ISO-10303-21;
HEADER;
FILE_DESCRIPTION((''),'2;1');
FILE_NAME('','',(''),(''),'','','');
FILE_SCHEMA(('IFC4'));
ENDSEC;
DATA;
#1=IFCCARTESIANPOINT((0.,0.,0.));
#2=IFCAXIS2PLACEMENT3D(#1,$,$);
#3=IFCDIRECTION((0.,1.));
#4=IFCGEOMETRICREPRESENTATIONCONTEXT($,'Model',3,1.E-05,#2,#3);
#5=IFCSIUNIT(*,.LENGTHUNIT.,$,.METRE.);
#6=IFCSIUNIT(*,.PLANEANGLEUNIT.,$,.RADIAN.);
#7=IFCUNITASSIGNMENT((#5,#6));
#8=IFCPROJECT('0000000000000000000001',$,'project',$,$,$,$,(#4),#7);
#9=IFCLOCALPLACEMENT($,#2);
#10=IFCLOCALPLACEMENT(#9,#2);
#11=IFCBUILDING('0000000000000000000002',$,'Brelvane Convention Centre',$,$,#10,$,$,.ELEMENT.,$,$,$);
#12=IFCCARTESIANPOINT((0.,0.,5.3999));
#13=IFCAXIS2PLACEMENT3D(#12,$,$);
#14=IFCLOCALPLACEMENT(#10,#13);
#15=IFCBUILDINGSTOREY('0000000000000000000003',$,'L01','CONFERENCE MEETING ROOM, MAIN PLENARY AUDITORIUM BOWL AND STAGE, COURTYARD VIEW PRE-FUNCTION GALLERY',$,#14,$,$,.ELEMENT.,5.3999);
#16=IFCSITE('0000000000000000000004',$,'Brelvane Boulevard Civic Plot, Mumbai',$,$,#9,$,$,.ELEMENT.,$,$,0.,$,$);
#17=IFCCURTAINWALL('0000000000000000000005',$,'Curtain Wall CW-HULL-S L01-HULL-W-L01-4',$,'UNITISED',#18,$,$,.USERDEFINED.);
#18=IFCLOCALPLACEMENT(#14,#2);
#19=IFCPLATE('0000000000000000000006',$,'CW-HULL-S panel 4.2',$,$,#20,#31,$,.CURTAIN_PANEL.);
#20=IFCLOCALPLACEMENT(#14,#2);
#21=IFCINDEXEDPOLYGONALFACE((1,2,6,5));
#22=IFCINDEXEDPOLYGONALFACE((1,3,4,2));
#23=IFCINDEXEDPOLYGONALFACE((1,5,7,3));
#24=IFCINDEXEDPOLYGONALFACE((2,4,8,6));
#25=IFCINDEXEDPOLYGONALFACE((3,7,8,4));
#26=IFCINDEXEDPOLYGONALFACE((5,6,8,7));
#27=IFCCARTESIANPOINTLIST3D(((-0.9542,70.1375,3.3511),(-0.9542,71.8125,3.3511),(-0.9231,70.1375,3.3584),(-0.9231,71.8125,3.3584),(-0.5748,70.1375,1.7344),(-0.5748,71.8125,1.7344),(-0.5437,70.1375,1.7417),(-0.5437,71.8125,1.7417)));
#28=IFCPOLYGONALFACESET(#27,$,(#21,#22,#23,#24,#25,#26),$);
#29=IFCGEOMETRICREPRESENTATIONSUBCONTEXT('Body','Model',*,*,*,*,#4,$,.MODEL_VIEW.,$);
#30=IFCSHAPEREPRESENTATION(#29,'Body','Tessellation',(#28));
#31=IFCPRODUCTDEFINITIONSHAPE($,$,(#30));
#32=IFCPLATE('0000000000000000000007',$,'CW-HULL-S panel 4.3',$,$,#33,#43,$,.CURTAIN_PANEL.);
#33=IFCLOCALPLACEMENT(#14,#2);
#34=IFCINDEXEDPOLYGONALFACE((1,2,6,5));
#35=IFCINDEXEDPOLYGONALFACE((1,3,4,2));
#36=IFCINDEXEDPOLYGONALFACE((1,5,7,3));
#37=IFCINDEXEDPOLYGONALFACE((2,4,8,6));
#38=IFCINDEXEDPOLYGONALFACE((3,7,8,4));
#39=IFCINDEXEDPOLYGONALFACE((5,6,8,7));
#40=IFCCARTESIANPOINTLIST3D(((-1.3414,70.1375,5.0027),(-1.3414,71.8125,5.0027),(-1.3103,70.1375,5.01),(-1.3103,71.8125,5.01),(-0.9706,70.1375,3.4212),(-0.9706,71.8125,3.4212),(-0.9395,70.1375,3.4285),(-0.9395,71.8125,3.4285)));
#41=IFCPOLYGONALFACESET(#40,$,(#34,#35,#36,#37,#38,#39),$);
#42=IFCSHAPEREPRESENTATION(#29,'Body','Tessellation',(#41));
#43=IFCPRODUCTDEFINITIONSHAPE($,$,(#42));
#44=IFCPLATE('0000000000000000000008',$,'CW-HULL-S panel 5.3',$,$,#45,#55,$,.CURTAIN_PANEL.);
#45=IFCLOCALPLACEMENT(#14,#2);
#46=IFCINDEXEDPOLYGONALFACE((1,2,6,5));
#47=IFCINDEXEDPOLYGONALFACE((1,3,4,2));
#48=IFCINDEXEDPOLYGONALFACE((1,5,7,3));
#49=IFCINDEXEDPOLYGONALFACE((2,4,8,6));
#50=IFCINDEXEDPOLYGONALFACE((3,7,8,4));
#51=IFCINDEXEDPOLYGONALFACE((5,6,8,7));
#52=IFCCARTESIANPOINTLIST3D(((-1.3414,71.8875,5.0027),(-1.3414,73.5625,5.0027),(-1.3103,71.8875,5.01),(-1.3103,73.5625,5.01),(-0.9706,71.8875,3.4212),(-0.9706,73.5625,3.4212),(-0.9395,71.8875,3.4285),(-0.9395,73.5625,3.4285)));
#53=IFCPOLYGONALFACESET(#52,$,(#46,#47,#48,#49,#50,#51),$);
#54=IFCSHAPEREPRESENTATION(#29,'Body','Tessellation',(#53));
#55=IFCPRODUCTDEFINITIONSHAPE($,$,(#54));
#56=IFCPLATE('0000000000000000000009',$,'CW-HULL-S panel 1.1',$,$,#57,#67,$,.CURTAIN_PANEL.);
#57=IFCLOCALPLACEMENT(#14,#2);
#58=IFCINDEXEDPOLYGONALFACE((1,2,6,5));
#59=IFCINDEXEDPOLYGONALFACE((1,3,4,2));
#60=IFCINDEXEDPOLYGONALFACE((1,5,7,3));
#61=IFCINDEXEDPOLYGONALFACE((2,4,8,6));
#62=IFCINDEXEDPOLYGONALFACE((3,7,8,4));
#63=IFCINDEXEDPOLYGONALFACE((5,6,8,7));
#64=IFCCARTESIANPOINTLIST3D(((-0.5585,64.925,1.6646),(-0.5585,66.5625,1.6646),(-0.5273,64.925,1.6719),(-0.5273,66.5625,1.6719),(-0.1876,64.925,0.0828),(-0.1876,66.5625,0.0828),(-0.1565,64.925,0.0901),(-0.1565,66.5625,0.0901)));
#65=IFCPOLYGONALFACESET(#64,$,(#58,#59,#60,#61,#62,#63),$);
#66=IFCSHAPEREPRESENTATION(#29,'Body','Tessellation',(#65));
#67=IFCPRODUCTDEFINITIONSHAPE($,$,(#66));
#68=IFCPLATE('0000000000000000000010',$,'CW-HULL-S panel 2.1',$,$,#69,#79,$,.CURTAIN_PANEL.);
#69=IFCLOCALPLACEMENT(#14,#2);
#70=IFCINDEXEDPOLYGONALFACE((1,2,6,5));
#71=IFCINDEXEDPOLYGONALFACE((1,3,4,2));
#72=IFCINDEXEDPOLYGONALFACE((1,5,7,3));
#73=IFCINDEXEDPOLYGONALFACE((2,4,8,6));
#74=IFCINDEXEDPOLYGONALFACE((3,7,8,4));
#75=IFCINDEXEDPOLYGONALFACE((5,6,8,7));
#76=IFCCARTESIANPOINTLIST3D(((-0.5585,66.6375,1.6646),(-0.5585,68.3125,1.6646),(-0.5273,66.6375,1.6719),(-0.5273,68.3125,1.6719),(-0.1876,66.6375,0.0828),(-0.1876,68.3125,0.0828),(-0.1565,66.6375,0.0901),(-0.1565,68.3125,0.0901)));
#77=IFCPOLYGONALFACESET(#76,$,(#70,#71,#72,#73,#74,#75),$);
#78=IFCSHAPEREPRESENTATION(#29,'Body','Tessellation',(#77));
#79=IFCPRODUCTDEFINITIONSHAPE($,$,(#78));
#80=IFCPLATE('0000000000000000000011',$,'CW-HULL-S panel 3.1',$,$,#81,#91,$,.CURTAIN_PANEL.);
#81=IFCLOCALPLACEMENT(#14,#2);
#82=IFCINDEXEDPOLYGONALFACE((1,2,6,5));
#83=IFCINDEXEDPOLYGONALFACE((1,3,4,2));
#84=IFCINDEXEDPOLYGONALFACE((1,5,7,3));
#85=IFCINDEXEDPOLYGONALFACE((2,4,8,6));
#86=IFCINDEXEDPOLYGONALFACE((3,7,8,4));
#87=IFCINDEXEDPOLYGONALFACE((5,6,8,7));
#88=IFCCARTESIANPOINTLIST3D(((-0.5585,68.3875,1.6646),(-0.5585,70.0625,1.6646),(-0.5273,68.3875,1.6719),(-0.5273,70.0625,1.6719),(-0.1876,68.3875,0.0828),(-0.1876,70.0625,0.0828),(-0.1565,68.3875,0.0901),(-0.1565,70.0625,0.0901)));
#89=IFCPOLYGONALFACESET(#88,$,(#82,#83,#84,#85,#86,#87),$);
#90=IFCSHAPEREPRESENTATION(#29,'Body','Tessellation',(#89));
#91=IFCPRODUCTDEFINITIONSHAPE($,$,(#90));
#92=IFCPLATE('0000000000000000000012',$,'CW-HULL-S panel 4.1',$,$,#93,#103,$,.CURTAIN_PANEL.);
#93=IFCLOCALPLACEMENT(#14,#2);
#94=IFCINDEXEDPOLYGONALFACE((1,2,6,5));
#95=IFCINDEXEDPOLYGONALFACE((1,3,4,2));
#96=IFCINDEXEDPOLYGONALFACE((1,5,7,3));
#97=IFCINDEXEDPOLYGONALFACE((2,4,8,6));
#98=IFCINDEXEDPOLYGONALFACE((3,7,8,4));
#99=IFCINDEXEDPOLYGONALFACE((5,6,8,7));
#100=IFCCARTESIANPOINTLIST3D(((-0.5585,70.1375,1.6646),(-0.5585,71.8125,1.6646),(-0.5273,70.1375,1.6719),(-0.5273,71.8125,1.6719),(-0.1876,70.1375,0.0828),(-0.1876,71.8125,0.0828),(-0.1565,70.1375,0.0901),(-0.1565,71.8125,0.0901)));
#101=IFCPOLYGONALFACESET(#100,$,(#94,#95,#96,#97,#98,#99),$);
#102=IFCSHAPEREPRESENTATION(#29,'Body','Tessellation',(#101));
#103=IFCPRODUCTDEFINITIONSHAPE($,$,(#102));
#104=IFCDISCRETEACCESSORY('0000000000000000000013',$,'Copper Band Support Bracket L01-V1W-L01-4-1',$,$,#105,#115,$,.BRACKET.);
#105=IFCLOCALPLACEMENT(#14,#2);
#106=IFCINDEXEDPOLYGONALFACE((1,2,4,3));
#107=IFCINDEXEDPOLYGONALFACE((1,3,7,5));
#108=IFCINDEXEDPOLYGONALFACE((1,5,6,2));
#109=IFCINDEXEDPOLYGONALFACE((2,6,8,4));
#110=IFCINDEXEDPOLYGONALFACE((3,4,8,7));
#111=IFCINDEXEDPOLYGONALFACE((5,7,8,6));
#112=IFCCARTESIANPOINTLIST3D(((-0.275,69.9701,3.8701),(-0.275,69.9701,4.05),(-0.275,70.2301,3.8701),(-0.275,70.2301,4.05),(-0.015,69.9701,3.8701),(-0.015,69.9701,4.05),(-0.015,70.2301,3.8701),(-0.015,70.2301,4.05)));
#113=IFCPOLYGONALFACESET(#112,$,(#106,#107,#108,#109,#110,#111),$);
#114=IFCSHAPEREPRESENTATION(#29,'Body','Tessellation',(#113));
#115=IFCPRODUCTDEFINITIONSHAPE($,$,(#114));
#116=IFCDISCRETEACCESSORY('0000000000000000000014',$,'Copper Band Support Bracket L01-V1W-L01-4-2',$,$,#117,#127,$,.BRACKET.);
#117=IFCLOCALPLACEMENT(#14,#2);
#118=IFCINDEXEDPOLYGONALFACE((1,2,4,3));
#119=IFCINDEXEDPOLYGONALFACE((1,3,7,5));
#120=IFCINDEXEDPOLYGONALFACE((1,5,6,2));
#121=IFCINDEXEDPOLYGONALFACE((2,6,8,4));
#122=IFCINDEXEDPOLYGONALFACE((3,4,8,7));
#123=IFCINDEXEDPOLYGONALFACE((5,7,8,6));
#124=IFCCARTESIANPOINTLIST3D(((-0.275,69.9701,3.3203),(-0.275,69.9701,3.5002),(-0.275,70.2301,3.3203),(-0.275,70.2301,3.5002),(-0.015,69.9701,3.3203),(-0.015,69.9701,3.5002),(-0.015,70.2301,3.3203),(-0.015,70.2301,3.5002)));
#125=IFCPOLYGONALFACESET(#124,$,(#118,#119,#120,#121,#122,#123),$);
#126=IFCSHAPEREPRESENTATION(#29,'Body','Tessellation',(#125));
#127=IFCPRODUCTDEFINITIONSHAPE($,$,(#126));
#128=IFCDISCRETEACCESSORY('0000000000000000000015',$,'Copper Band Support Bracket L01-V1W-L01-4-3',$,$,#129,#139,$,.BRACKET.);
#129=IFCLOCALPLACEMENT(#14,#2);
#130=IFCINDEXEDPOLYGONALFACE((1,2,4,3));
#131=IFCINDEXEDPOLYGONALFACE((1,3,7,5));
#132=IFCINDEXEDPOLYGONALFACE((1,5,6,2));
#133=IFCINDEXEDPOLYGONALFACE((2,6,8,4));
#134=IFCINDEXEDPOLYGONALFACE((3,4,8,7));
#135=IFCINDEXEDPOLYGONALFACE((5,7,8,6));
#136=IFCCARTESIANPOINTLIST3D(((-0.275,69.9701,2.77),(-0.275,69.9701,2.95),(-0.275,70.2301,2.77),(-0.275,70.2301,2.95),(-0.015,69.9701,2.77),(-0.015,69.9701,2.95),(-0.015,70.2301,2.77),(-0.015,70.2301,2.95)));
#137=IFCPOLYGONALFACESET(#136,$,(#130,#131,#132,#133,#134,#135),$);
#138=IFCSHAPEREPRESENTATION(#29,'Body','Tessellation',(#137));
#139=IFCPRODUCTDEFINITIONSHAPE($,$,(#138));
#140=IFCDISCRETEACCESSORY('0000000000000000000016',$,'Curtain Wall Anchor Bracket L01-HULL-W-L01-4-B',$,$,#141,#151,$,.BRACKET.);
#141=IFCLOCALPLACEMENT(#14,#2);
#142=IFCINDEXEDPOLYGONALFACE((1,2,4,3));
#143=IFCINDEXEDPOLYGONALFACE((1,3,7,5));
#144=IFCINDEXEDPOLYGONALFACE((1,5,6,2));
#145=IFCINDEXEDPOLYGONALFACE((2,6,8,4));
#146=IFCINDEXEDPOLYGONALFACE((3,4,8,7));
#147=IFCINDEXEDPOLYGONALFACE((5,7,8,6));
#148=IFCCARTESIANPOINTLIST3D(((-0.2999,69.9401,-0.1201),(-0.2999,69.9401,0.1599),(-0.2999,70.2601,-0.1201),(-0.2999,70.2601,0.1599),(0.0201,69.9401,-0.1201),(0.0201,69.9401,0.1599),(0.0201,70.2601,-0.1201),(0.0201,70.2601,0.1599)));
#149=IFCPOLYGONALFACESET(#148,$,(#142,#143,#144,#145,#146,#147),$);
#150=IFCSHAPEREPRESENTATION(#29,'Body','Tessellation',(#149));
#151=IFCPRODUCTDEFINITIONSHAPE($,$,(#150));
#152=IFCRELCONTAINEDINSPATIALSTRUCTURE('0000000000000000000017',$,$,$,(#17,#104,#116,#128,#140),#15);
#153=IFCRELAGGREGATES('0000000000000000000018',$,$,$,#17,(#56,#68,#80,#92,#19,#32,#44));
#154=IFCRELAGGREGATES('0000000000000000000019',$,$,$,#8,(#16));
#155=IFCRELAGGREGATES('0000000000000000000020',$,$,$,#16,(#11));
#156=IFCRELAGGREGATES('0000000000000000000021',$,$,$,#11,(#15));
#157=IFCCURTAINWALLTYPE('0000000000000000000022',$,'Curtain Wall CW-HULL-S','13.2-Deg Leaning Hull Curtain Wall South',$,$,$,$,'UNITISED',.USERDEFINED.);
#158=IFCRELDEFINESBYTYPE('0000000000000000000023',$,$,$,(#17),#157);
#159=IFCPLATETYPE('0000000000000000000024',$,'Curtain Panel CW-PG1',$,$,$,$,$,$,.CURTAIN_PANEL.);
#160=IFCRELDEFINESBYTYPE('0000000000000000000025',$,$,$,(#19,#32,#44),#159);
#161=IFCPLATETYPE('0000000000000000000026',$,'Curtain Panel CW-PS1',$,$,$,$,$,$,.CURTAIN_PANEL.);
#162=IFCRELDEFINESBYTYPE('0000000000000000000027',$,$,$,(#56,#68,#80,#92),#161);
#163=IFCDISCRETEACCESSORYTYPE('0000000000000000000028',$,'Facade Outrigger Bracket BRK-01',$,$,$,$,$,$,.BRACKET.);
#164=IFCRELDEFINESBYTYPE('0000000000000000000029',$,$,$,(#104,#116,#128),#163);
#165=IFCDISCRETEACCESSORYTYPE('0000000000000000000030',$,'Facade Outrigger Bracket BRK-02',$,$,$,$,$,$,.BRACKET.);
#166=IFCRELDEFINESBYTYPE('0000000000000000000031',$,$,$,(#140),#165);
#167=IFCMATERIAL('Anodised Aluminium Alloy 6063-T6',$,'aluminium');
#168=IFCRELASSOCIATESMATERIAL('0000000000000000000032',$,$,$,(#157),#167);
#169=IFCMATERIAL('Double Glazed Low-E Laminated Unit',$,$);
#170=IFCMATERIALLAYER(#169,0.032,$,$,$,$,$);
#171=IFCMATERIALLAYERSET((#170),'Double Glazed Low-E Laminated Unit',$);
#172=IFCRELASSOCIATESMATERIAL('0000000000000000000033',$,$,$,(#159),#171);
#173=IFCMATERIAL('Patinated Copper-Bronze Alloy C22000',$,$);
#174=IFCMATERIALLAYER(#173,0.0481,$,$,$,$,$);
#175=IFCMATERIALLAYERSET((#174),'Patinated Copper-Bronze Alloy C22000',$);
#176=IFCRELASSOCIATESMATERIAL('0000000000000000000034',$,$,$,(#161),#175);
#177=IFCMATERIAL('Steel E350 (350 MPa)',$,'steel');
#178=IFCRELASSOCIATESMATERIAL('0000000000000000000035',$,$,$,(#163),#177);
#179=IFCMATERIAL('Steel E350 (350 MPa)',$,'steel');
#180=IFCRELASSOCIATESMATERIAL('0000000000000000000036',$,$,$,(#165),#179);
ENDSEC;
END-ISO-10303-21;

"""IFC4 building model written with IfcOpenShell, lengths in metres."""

from ifc_helpers import new_model, si_unit, direction, frame, origin, origin_2d, place, context, subcontext, project, spatial, polyline, rectangle, outline, extrude, material, layer, layer_set, type_object, element, aggregate, save


model = new_model("IFC4")

# Units and contexts
model_context = context("Model", 3, precision=1e-05, world=origin(), true_north=direction((0.0, 1.0)))
body_context = subcontext(model_context, "Body", "Model", "MODEL_VIEW")
ifc_project = project(units=[si_unit("LENGTHUNIT", "METRE"), si_unit("PLANEANGLEUNIT", "RADIAN")], contexts=[model_context])

# Site, building, storey
site_placement = place(None, origin())
site = spatial("IfcSite", under=ifc_project, at=site_placement, Name="Brelvane Boulevard Civic Plot, Mumbai", CompositionType="ELEMENT", RefElevation=0.0)
building_placement = place(site_placement, origin())
building = spatial("IfcBuilding", under=site, at=building_placement, Name="Brelvane Convention Centre", CompositionType="ELEMENT")
storey_placement = place(building_placement, frame((0.0, 0.0, 5.3999)))
storey = spatial("IfcBuildingStorey", under=building, at=storey_placement, Name="L01", Description="CONFERENCE MEETING ROOM, MAIN PLENARY AUDITORIUM BOWL AND STAGE, COURTYARD VIEW PRE-FUNCTION GALLERY", CompositionType="ELEMENT", Elevation=5.3999)

# Curtain wall, plates
ifc_material_1 = material(Name="Anodised Aluminium Alloy 6063-T6", Category="aluminium")
curtain_wall_type = type_object("IfcCurtainWallType", Name="Curtain Wall CW-HULL-S", Description="13.2-Deg Leaning Hull Curtain Wall South", ElementType="UNITISED", PredefinedType="USERDEFINED", material=ifc_material_1)
curtain_wall_placement = place(storey_placement, origin())
curtain_wall = element("IfcCurtainWall", 1, at=curtain_wall_placement, inside=storey, type_object=curtain_wall_type, Name="Curtain Wall CW-HULL-S L01-HULL-W-L01-4", ObjectType="UNITISED", PredefinedType="USERDEFINED")
ifc_material_2 = material(Name="Double Glazed Low-E Laminated Unit")
ifc_layer_1 = layer(ifc_material_2, 0.032)
ifc_layer_set_1 = layer_set([ifc_layer_1], Name="Double Glazed Low-E Laminated Unit")
plate_type_1 = type_object("IfcPlateType", Name="Curtain Panel CW-PG1", PredefinedType="CURTAIN_PANEL", material=ifc_layer_set_1)
plate_1_placement = place(storey_placement, frame((-0.5437, 70.1375, 1.7417), z_axis=(0.973552, 0.0, 0.228466), x_axis=(0.0, 1.0, 0.0)))
plate_1 = element("IfcPlate", 2, at=plate_1_placement, type_object=plate_type_1, Name="CW-HULL-S panel 4.2", PredefinedType="CURTAIN_PANEL", context=body_context, shape_type="SweptSolid", body=[
    extrude(outline(polyline([(0.0, 0.0), (1.675, 0.0), (1.675, 1.6606), (0.0, 1.6606), (0.0, 0.0)])), origin(), (0.0, 0.0, -1.0), 0.032),
])
plate_2_placement = place(storey_placement, frame((-0.9395, 70.1375, 3.4285), z_axis=(0.973592, 0.0, 0.228294), x_axis=(0.0, 1.0, 0.0)))
plate_2 = element("IfcPlate", 3, at=plate_2_placement, type_object=plate_type_1, Name="CW-HULL-S panel 4.3", PredefinedType="CURTAIN_PANEL", context=body_context, shape_type="SweptSolid", body=[
    extrude(outline(polyline([(0.0, 0.0), (1.675, 0.0), (1.675, 1.6244), (0.0, 1.6244), (0.0, 0.0)])), origin(), (0.0, 0.0, -1.0), 0.032),
])
plate_3_placement = place(storey_placement, frame((-0.9395, 71.8875, 3.4285), z_axis=(0.973592, 0.0, 0.228294), x_axis=(0.0, 1.0, 0.0)))
plate_3 = element("IfcPlate", 4, at=plate_3_placement, type_object=plate_type_1, Name="CW-HULL-S panel 5.3", PredefinedType="CURTAIN_PANEL", context=body_context, shape_type="SweptSolid", body=[
    extrude(outline(polyline([(0.0, 0.0), (1.675, 0.0), (1.675, 1.6244), (0.0, 1.6244), (0.0, 0.0)])), origin(), (0.0, 0.0, -1.0), 0.032),
])
ifc_material_3 = material(Name="Patinated Copper-Bronze Alloy C22000")
ifc_layer_2 = layer(ifc_material_3, 0.0481)
ifc_layer_set_2 = layer_set([ifc_layer_2], Name="Patinated Copper-Bronze Alloy C22000")
plate_type_2 = type_object("IfcPlateType", Name="Curtain Panel CW-PS1", PredefinedType="CURTAIN_PANEL", material=ifc_layer_set_2)
plate_4_placement = place(storey_placement, frame((-0.1565, 64.925, 0.0901), z_axis=(0.9736, 0.0, 0.22826), x_axis=(0.0, 1.0, 0.0)))
plate_4 = element("IfcPlate", 5, at=plate_4_placement, type_object=plate_type_2, Name="CW-HULL-S panel 1.1", PredefinedType="CURTAIN_PANEL", context=body_context, shape_type="SweptSolid", body=[
    extrude(outline(polyline([(0.0, 0.0), (1.6375, 0.0), (1.6375, 1.6247), (0.0, 1.6247), (0.0, 0.0)])), origin(), (0.0, 0.0, -1.0), 0.032),
])
plate_5_placement = place(storey_placement, frame((-0.1565, 66.6375, 0.0901), z_axis=(0.9736, 0.0, 0.22826), x_axis=(0.0, 1.0, 0.0)))
plate_5 = element("IfcPlate", 6, at=plate_5_placement, type_object=plate_type_2, Name="CW-HULL-S panel 2.1", PredefinedType="CURTAIN_PANEL", context=body_context, shape_type="SweptSolid", body=[
    extrude(outline(polyline([(0.0, 0.0), (1.675, 0.0), (1.675, 1.6247), (0.0, 1.6247), (0.0, 0.0)])), origin(), (0.0, 0.0, -1.0), 0.032),
])
plate_6_placement = place(storey_placement, frame((-0.1565, 68.3875, 0.0901), z_axis=(0.9736, 0.0, 0.22826), x_axis=(0.0, 1.0, 0.0)))
plate_6 = element("IfcPlate", 7, at=plate_6_placement, type_object=plate_type_2, Name="CW-HULL-S panel 3.1", PredefinedType="CURTAIN_PANEL", context=body_context, shape_type="SweptSolid", body=[
    extrude(outline(polyline([(0.0, 0.0), (1.675, 0.0), (1.675, 1.6247), (0.0, 1.6247), (0.0, 0.0)])), origin(), (0.0, 0.0, -1.0), 0.032),
])
plate_7_placement = place(storey_placement, frame((-0.1565, 70.1375, 0.0901), z_axis=(0.9736, 0.0, 0.22826), x_axis=(0.0, 1.0, 0.0)))
plate_7 = element("IfcPlate", 8, at=plate_7_placement, type_object=plate_type_2, Name="CW-HULL-S panel 4.1", PredefinedType="CURTAIN_PANEL", context=body_context, shape_type="SweptSolid", body=[
    extrude(outline(polyline([(0.0, 0.0), (1.675, 0.0), (1.675, 1.6247), (0.0, 1.6247), (0.0, 0.0)])), origin(), (0.0, 0.0, -1.0), 0.032),
])
aggregate(curtain_wall, [plate_4, plate_5, plate_6, plate_7, plate_1, plate_2, plate_3])

# Discrete accessories
ifc_material_4 = material(Name="Steel E350 (350 MPa)", Category="steel")
discrete_accessory_type_1 = type_object("IfcDiscreteAccessoryType", Name="Facade Outrigger Bracket BRK-01", PredefinedType="BRACKET", material=ifc_material_4)
for number, where, z_axis, x_axis, name in (
    (9, (-0.145, 70.1001, 3.8701), (0.0, 0.0, 1.0), (1.0, 0.0, 0.0), "Copper Band Support Bracket L01-V1W-L01-4-1"),
    (10, (-0.145, 70.1001, 3.3203), (0.0, 0.0, 1.0), (1.0, 0.0, 0.0), "Copper Band Support Bracket L01-V1W-L01-4-2"),
    (11, (-0.145, 70.1001, 2.77), (0.0, 0.0, 1.0), (1.0, 0.0, 0.0), "Copper Band Support Bracket L01-V1W-L01-4-3"),
):
    element("IfcDiscreteAccessory", number, at=place(storey_placement, frame(where, z_axis=z_axis, x_axis=x_axis)), inside=storey, type_object=discrete_accessory_type_1, Name=name, PredefinedType="BRACKET", context=body_context, shape_type="SweptSolid", body=[
        extrude(rectangle(XDim=0.26, YDim=0.26, at=origin_2d()), origin(), (0.0, 0.0, 1.0), 0.1799),
    ])
ifc_material_5 = material(Name="Steel E350 (350 MPa)", Category="steel")
discrete_accessory_type_2 = type_object("IfcDiscreteAccessoryType", Name="Facade Outrigger Bracket BRK-02", PredefinedType="BRACKET", material=ifc_material_5)
discrete_accessory_placement = place(storey_placement, frame((-0.1399, 70.1001, -0.1201), z_axis=(0.0, 0.0, 1.0), x_axis=(1.0, 0.0, 0.0)))
element("IfcDiscreteAccessory", 12, at=discrete_accessory_placement, inside=storey, type_object=discrete_accessory_type_2, Name="Curtain Wall Anchor Bracket L01-HULL-W-L01-4-B", PredefinedType="BRACKET", context=body_context, shape_type="SweptSolid", body=[
    extrude(rectangle(XDim=0.3201, YDim=0.3201, at=origin_2d()), origin(), (0.0, 0.0, 1.0), 0.28),
])

save(model, "model.ifc")
